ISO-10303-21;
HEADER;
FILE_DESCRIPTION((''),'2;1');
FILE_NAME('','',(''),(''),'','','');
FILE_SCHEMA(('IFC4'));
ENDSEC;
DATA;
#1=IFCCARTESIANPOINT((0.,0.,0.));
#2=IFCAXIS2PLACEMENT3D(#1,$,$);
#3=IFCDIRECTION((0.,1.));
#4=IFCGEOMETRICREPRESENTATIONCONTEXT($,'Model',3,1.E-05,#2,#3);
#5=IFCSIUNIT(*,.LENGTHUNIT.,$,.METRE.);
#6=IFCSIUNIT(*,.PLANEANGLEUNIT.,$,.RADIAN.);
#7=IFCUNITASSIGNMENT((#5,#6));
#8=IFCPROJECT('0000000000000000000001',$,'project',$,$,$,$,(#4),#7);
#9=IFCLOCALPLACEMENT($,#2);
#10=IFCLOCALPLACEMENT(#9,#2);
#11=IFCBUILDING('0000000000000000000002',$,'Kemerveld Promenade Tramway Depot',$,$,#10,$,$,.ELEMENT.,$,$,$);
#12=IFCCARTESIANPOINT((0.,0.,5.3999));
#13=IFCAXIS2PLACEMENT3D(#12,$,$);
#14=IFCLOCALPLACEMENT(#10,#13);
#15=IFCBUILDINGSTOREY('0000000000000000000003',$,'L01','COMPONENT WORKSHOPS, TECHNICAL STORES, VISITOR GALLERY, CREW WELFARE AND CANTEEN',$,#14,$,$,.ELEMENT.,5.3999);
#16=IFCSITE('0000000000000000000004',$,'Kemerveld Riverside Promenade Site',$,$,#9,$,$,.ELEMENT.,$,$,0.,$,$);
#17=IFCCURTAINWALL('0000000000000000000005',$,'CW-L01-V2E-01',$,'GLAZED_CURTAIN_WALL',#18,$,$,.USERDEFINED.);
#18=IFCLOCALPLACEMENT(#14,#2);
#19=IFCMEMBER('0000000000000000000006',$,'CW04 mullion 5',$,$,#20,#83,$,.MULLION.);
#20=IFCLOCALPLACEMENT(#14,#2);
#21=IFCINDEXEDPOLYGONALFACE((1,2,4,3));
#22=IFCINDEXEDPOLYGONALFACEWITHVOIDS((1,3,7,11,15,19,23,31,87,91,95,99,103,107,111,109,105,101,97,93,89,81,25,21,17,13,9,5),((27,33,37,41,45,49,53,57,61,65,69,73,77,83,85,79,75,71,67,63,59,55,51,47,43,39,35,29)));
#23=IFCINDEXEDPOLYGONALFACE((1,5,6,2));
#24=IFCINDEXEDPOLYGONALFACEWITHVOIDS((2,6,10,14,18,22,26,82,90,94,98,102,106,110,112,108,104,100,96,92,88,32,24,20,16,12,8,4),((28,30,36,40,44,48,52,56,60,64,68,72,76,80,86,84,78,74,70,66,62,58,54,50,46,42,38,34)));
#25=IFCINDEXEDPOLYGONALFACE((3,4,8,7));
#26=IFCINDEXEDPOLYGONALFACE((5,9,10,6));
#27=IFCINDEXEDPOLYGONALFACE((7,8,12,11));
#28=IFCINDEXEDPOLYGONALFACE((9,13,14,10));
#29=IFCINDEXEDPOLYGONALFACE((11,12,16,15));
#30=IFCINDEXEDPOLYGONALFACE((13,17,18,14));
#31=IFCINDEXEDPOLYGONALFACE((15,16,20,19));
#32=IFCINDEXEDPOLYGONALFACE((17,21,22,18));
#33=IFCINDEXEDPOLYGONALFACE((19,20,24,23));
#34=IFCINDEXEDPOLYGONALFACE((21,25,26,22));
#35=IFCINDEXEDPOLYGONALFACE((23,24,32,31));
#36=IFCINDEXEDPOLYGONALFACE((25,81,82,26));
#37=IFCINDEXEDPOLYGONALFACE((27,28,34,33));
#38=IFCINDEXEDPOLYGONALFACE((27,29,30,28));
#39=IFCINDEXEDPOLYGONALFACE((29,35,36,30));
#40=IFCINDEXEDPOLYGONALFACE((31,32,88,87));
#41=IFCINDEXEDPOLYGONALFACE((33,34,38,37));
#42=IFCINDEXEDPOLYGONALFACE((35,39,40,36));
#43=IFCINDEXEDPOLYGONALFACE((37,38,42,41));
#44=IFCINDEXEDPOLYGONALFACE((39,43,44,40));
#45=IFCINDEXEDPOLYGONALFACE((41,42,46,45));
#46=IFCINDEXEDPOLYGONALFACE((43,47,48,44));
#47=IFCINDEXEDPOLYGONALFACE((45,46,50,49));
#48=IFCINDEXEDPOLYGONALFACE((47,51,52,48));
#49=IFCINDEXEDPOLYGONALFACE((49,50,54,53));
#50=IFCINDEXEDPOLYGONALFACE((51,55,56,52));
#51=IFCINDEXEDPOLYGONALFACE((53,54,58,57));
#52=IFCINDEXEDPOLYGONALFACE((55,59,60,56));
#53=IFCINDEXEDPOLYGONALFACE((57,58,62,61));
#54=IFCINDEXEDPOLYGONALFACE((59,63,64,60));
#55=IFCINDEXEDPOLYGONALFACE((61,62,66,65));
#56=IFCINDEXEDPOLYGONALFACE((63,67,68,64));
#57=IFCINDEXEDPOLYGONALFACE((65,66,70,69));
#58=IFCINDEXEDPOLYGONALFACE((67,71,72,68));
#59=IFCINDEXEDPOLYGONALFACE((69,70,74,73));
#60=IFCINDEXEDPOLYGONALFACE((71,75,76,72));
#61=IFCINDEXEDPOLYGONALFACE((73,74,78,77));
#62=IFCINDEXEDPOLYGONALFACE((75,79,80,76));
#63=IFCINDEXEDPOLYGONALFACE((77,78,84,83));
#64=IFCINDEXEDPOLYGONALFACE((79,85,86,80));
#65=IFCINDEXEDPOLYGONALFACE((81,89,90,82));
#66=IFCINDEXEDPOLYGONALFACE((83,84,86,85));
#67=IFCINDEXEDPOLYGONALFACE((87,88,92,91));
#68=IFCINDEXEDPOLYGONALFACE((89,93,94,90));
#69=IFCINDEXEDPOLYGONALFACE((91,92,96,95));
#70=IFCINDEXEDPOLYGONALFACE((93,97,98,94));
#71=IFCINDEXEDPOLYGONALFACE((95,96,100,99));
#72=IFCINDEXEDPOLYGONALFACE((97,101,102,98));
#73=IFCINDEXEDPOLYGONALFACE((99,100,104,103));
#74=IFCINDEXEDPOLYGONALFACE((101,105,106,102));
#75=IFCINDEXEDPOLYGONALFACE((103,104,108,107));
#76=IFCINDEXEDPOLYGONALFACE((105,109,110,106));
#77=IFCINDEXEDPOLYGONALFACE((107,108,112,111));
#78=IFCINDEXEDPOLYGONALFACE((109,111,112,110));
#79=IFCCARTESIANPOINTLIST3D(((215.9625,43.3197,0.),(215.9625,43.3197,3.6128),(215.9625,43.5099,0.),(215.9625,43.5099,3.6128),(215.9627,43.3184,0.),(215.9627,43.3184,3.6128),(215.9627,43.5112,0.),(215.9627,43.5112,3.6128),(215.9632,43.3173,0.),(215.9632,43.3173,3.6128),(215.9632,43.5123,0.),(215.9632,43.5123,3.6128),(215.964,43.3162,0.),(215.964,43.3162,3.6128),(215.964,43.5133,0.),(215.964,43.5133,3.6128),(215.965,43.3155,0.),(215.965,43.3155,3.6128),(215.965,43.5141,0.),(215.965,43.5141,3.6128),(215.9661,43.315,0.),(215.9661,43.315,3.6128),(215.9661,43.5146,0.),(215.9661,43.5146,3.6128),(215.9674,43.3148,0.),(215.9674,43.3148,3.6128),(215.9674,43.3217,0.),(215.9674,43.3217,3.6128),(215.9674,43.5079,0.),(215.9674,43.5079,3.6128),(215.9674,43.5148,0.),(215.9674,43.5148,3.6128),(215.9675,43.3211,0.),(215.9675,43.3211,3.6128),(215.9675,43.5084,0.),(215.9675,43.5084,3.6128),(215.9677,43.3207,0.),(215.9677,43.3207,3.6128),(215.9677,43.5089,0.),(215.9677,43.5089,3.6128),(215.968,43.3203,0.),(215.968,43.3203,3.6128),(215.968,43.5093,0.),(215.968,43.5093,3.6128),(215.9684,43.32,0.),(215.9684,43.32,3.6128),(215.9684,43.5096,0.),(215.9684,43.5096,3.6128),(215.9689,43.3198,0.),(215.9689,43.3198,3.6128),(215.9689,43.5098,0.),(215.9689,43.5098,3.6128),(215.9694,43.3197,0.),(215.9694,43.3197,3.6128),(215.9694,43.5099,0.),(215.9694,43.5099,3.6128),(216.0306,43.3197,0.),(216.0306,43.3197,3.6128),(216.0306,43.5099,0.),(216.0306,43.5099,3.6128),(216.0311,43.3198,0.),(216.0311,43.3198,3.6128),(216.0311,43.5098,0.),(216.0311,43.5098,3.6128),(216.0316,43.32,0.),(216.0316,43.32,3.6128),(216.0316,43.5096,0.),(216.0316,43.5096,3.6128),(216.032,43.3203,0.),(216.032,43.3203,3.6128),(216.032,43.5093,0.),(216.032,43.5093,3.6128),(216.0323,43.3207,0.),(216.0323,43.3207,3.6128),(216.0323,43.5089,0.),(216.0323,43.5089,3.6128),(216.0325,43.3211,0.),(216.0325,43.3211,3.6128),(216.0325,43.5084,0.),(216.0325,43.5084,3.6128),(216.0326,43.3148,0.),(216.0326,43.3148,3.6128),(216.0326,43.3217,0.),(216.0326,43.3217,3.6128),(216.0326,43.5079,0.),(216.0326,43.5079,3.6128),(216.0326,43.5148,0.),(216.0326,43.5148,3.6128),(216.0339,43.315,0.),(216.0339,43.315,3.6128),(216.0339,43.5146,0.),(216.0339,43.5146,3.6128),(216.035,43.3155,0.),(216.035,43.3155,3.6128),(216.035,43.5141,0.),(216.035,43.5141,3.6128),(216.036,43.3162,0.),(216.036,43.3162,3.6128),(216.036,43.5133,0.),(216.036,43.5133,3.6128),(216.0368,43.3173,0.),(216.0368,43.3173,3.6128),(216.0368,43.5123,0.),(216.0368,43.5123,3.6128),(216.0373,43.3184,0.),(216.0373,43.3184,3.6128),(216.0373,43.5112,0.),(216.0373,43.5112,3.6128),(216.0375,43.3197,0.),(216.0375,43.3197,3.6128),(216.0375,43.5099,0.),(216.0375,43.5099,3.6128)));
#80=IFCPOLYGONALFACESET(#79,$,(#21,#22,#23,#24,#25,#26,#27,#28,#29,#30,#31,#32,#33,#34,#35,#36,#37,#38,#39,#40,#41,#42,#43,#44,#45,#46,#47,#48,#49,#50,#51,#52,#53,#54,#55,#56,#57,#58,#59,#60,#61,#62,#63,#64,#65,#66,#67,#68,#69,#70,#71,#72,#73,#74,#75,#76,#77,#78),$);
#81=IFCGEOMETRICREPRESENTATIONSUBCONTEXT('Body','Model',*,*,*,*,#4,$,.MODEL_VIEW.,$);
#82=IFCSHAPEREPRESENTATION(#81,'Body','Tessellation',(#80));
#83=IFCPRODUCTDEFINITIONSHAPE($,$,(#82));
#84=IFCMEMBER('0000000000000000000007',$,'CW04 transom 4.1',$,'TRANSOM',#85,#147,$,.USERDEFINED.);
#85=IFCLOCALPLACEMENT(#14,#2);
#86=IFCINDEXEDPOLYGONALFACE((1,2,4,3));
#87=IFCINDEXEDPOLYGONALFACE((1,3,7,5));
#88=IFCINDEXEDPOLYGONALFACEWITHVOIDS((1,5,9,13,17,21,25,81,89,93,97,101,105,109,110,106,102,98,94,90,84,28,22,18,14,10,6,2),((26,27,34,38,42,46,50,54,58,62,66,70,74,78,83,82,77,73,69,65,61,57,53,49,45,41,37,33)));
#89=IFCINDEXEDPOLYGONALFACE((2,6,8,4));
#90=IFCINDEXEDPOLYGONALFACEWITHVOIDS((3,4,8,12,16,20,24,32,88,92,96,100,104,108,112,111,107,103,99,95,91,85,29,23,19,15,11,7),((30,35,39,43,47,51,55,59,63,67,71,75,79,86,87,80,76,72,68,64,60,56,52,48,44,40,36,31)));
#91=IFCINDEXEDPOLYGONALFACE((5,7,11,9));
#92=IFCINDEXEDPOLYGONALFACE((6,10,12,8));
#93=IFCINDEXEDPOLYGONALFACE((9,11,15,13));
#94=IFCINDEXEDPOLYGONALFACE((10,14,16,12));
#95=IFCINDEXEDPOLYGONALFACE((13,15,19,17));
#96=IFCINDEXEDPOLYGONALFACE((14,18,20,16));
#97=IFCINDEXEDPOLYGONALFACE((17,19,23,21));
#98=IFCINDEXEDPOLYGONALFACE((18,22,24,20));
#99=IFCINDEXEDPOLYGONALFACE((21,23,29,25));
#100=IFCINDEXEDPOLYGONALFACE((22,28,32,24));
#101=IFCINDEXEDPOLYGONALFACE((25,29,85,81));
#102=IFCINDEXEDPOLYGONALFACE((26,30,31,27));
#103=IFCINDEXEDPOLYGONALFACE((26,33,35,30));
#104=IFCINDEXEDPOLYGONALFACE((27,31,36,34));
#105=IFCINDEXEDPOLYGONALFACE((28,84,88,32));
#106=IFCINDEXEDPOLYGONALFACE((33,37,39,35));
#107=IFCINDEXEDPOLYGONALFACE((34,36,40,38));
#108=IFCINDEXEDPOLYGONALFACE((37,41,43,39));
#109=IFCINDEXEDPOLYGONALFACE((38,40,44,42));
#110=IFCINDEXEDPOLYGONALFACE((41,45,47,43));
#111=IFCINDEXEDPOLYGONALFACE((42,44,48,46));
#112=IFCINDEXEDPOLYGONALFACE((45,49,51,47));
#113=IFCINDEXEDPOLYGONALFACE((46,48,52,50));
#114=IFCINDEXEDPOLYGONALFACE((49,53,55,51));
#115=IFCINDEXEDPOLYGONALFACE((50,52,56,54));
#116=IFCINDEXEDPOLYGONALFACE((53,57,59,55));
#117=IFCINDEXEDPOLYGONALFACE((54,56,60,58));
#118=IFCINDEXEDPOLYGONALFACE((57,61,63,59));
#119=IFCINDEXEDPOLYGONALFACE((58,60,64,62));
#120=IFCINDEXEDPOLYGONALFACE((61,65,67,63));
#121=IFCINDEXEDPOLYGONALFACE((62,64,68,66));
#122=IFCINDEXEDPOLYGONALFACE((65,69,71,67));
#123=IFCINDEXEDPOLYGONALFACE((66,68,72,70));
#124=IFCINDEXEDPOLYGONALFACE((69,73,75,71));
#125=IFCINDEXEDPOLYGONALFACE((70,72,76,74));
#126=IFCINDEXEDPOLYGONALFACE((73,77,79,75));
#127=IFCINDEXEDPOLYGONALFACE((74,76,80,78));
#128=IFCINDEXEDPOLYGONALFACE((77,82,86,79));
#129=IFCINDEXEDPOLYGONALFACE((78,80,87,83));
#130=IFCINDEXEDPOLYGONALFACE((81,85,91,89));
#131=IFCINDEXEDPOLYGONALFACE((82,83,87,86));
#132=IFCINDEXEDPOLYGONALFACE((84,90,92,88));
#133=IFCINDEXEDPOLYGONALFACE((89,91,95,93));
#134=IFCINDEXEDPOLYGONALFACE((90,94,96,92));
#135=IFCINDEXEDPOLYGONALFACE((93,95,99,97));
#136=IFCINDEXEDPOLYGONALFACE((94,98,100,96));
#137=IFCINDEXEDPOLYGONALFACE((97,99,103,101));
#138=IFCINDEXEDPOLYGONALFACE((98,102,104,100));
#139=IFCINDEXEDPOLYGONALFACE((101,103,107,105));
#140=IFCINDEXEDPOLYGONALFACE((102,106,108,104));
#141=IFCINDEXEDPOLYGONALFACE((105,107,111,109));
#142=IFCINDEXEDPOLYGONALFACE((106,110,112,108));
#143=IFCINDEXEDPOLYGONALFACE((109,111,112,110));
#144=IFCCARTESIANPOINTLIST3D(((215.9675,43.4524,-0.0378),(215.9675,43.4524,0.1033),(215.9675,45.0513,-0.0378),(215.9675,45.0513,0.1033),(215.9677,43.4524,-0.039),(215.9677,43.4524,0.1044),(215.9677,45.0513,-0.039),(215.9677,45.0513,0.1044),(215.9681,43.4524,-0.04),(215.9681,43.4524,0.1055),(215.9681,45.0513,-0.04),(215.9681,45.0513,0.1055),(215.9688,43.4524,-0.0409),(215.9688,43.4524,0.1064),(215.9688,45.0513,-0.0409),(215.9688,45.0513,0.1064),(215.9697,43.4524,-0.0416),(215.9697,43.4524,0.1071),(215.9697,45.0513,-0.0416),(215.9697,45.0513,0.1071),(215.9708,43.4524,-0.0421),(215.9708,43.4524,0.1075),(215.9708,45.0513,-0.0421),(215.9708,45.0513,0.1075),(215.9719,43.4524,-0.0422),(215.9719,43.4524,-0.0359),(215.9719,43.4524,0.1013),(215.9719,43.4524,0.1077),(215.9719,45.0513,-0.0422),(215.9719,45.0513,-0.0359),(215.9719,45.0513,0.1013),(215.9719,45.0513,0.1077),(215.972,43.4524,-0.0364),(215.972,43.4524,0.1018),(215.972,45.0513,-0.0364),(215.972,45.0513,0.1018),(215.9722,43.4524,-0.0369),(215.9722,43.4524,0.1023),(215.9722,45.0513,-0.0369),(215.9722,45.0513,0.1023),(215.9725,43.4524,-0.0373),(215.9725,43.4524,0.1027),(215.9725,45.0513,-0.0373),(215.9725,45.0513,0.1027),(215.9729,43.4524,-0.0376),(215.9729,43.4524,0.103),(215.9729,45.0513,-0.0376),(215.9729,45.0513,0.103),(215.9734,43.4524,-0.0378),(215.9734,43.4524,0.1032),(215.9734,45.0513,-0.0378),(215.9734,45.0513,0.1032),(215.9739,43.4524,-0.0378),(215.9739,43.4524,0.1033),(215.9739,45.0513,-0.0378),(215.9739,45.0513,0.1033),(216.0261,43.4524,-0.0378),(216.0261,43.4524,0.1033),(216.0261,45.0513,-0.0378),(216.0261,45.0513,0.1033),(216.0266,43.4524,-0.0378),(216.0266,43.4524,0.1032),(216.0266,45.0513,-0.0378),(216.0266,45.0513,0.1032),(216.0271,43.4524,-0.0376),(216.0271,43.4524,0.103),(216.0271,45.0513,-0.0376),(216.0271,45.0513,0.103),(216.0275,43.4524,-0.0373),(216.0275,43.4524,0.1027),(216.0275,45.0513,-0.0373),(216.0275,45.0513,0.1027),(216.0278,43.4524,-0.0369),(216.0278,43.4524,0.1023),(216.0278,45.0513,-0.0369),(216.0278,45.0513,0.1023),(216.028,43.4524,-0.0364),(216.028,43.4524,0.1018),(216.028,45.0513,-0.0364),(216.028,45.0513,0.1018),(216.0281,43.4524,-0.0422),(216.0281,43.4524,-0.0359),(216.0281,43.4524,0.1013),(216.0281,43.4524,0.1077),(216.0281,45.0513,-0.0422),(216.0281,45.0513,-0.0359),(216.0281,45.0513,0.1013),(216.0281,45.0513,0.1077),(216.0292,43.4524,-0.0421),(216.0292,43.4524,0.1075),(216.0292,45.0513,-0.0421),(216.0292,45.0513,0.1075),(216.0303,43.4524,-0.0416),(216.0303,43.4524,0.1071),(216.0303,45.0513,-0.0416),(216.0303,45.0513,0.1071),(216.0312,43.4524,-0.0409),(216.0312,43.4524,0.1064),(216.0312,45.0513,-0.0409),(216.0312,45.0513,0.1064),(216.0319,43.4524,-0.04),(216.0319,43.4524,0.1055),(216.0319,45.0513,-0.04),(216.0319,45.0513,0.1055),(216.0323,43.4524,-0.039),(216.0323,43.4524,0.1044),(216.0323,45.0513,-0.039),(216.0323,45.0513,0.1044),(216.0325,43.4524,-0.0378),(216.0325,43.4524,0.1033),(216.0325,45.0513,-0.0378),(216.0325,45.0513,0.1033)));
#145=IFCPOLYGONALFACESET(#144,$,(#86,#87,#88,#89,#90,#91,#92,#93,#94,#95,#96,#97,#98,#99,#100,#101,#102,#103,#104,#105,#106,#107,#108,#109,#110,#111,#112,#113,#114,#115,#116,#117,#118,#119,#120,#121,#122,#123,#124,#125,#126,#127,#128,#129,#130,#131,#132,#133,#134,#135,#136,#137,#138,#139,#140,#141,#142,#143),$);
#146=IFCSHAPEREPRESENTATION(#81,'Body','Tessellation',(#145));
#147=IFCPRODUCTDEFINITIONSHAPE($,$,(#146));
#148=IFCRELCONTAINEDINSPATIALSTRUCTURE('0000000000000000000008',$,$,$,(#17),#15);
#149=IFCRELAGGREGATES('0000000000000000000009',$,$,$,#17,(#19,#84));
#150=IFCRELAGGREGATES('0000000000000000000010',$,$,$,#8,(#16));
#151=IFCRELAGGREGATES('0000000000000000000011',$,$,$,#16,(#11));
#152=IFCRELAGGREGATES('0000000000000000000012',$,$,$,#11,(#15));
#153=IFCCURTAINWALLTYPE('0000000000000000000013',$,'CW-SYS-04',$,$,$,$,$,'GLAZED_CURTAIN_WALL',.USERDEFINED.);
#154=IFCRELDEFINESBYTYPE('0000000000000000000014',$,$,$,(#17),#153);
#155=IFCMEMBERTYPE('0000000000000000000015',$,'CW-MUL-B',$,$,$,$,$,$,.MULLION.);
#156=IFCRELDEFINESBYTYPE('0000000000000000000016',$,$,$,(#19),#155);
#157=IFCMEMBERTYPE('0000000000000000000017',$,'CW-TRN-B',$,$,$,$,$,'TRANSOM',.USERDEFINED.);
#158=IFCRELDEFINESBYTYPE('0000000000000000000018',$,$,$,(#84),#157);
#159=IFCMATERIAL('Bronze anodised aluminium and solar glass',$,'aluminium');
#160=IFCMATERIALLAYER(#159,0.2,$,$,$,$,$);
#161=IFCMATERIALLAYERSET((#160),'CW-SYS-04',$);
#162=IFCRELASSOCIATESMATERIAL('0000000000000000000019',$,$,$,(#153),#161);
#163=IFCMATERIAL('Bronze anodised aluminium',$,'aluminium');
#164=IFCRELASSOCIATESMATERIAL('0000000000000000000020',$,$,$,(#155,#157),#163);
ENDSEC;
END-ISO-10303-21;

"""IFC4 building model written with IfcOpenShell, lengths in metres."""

from ifc_helpers import new_model, si_unit, direction, frame, origin, origin_2d, place, context, subcontext, project, spatial, hollow_rectangle, extrude, material, layer, layer_set, material_profile, profile_set, type_object, element, aggregate, save


model = new_model("IFC4")

# Units and contexts
model_context = context("Model", 3, precision=1e-05, world=origin(), true_north=direction((0.0, 1.0)))
body_context = subcontext(model_context, "Body", "Model", "MODEL_VIEW")
ifc_project = project(units=[si_unit("LENGTHUNIT", "METRE"), si_unit("PLANEANGLEUNIT", "RADIAN")], contexts=[model_context])

# Site, building, storey
site_placement = place(None, origin())
site = spatial("IfcSite", under=ifc_project, at=site_placement, Name="Kemerveld Riverside Promenade Site", CompositionType="ELEMENT", RefElevation=0.0)
building_placement = place(site_placement, origin())
building = spatial("IfcBuilding", under=site, at=building_placement, Name="Kemerveld Promenade Tramway Depot", CompositionType="ELEMENT")
storey_placement = place(building_placement, frame((0.0, 0.0, 5.3999)))
storey = spatial("IfcBuildingStorey", under=building, at=storey_placement, Name="L01", Description="COMPONENT WORKSHOPS, TECHNICAL STORES, VISITOR GALLERY, CREW WELFARE AND CANTEEN", CompositionType="ELEMENT", Elevation=5.3999)

# Curtain wall, members
ifc_material_1 = material(Name="Bronze anodised aluminium and solar glass", Category="aluminium")
ifc_layer_1 = layer(ifc_material_1, 0.2)
ifc_layer_set_1 = layer_set([ifc_layer_1], Name="CW-SYS-04")
curtain_wall_type = type_object("IfcCurtainWallType", Name="CW-SYS-04", ElementType="GLAZED_CURTAIN_WALL", PredefinedType="USERDEFINED", material=ifc_layer_set_1)
curtain_wall_placement = place(storey_placement, origin())
curtain_wall = element("IfcCurtainWall", 1, at=curtain_wall_placement, inside=storey, type_object=curtain_wall_type, Name="CW-L01-V2E-01", ObjectType="GLAZED_CURTAIN_WALL", PredefinedType="USERDEFINED")
ifc_material_2 = material(Name="Bronze anodised aluminium", Category="aluminium")
ifc_material_profile_1 = material_profile(ifc_material_2, hollow_rectangle(XDim=0.075, YDim=0.2, WallThickness=0.0049, InnerFilletRadius=0.002, OuterFilletRadius=0.0049, at=origin_2d()), Name="CW-MUL-200x75")
ifc_profile_set_1 = profile_set([ifc_material_profile_1], Name="Bronze anodised aluminium")
member_type_1 = type_object("IfcMemberType", Name="CW-MUL-B", PredefinedType="MULLION", material=ifc_profile_set_1)
member_1_placement = place(storey_placement, frame((216.0, 43.4148, 0.0), z_axis=(0.0, 0.0, 1.0), x_axis=(1.0, 0.0, 0.0)))
member_1 = element("IfcMember", 2, at=member_1_placement, type_object=member_type_1, Name="CW04 mullion 5", PredefinedType="MULLION", context=body_context, shape_type="SweptSolid", body=[
    extrude(hollow_rectangle(XDim=0.075, YDim=0.2, WallThickness=0.0049, InnerFilletRadius=0.002, OuterFilletRadius=0.0049, at=origin_2d()), origin(), (0.0, 0.0, 1.0), 3.6128),
])
ifc_material_profile_2 = material_profile(ifc_material_2, hollow_rectangle(XDim=0.0649, YDim=0.1499, WallThickness=0.0044, InnerFilletRadius=0.002, OuterFilletRadius=0.0044, at=origin_2d()), Name="CW-TRN-150x65")
ifc_profile_set_2 = profile_set([ifc_material_profile_2], Name="Bronze anodised aluminium")
member_type_2 = type_object("IfcMemberType", Name="CW-TRN-B", ElementType="TRANSOM", PredefinedType="USERDEFINED", material=ifc_profile_set_2)
member_2_placement = place(storey_placement, frame((216.0, 45.0513, 0.0327), z_axis=(0.0, -1.0, 0.0), x_axis=(1.0, 0.0, 0.0)))
member_2 = element("IfcMember", 3, at=member_2_placement, type_object=member_type_2, Name="CW04 transom 4.1", ObjectType="TRANSOM", PredefinedType="USERDEFINED", context=body_context, shape_type="SweptSolid", body=[
    extrude(hollow_rectangle(XDim=0.0649, YDim=0.1499, WallThickness=0.0044, InnerFilletRadius=0.002, OuterFilletRadius=0.0044, at=origin_2d()), origin(), (0.0, 0.0, 1.0), 1.5989),
])
aggregate(curtain_wall, [member_1, member_2])

save(model, "model.ifc")
